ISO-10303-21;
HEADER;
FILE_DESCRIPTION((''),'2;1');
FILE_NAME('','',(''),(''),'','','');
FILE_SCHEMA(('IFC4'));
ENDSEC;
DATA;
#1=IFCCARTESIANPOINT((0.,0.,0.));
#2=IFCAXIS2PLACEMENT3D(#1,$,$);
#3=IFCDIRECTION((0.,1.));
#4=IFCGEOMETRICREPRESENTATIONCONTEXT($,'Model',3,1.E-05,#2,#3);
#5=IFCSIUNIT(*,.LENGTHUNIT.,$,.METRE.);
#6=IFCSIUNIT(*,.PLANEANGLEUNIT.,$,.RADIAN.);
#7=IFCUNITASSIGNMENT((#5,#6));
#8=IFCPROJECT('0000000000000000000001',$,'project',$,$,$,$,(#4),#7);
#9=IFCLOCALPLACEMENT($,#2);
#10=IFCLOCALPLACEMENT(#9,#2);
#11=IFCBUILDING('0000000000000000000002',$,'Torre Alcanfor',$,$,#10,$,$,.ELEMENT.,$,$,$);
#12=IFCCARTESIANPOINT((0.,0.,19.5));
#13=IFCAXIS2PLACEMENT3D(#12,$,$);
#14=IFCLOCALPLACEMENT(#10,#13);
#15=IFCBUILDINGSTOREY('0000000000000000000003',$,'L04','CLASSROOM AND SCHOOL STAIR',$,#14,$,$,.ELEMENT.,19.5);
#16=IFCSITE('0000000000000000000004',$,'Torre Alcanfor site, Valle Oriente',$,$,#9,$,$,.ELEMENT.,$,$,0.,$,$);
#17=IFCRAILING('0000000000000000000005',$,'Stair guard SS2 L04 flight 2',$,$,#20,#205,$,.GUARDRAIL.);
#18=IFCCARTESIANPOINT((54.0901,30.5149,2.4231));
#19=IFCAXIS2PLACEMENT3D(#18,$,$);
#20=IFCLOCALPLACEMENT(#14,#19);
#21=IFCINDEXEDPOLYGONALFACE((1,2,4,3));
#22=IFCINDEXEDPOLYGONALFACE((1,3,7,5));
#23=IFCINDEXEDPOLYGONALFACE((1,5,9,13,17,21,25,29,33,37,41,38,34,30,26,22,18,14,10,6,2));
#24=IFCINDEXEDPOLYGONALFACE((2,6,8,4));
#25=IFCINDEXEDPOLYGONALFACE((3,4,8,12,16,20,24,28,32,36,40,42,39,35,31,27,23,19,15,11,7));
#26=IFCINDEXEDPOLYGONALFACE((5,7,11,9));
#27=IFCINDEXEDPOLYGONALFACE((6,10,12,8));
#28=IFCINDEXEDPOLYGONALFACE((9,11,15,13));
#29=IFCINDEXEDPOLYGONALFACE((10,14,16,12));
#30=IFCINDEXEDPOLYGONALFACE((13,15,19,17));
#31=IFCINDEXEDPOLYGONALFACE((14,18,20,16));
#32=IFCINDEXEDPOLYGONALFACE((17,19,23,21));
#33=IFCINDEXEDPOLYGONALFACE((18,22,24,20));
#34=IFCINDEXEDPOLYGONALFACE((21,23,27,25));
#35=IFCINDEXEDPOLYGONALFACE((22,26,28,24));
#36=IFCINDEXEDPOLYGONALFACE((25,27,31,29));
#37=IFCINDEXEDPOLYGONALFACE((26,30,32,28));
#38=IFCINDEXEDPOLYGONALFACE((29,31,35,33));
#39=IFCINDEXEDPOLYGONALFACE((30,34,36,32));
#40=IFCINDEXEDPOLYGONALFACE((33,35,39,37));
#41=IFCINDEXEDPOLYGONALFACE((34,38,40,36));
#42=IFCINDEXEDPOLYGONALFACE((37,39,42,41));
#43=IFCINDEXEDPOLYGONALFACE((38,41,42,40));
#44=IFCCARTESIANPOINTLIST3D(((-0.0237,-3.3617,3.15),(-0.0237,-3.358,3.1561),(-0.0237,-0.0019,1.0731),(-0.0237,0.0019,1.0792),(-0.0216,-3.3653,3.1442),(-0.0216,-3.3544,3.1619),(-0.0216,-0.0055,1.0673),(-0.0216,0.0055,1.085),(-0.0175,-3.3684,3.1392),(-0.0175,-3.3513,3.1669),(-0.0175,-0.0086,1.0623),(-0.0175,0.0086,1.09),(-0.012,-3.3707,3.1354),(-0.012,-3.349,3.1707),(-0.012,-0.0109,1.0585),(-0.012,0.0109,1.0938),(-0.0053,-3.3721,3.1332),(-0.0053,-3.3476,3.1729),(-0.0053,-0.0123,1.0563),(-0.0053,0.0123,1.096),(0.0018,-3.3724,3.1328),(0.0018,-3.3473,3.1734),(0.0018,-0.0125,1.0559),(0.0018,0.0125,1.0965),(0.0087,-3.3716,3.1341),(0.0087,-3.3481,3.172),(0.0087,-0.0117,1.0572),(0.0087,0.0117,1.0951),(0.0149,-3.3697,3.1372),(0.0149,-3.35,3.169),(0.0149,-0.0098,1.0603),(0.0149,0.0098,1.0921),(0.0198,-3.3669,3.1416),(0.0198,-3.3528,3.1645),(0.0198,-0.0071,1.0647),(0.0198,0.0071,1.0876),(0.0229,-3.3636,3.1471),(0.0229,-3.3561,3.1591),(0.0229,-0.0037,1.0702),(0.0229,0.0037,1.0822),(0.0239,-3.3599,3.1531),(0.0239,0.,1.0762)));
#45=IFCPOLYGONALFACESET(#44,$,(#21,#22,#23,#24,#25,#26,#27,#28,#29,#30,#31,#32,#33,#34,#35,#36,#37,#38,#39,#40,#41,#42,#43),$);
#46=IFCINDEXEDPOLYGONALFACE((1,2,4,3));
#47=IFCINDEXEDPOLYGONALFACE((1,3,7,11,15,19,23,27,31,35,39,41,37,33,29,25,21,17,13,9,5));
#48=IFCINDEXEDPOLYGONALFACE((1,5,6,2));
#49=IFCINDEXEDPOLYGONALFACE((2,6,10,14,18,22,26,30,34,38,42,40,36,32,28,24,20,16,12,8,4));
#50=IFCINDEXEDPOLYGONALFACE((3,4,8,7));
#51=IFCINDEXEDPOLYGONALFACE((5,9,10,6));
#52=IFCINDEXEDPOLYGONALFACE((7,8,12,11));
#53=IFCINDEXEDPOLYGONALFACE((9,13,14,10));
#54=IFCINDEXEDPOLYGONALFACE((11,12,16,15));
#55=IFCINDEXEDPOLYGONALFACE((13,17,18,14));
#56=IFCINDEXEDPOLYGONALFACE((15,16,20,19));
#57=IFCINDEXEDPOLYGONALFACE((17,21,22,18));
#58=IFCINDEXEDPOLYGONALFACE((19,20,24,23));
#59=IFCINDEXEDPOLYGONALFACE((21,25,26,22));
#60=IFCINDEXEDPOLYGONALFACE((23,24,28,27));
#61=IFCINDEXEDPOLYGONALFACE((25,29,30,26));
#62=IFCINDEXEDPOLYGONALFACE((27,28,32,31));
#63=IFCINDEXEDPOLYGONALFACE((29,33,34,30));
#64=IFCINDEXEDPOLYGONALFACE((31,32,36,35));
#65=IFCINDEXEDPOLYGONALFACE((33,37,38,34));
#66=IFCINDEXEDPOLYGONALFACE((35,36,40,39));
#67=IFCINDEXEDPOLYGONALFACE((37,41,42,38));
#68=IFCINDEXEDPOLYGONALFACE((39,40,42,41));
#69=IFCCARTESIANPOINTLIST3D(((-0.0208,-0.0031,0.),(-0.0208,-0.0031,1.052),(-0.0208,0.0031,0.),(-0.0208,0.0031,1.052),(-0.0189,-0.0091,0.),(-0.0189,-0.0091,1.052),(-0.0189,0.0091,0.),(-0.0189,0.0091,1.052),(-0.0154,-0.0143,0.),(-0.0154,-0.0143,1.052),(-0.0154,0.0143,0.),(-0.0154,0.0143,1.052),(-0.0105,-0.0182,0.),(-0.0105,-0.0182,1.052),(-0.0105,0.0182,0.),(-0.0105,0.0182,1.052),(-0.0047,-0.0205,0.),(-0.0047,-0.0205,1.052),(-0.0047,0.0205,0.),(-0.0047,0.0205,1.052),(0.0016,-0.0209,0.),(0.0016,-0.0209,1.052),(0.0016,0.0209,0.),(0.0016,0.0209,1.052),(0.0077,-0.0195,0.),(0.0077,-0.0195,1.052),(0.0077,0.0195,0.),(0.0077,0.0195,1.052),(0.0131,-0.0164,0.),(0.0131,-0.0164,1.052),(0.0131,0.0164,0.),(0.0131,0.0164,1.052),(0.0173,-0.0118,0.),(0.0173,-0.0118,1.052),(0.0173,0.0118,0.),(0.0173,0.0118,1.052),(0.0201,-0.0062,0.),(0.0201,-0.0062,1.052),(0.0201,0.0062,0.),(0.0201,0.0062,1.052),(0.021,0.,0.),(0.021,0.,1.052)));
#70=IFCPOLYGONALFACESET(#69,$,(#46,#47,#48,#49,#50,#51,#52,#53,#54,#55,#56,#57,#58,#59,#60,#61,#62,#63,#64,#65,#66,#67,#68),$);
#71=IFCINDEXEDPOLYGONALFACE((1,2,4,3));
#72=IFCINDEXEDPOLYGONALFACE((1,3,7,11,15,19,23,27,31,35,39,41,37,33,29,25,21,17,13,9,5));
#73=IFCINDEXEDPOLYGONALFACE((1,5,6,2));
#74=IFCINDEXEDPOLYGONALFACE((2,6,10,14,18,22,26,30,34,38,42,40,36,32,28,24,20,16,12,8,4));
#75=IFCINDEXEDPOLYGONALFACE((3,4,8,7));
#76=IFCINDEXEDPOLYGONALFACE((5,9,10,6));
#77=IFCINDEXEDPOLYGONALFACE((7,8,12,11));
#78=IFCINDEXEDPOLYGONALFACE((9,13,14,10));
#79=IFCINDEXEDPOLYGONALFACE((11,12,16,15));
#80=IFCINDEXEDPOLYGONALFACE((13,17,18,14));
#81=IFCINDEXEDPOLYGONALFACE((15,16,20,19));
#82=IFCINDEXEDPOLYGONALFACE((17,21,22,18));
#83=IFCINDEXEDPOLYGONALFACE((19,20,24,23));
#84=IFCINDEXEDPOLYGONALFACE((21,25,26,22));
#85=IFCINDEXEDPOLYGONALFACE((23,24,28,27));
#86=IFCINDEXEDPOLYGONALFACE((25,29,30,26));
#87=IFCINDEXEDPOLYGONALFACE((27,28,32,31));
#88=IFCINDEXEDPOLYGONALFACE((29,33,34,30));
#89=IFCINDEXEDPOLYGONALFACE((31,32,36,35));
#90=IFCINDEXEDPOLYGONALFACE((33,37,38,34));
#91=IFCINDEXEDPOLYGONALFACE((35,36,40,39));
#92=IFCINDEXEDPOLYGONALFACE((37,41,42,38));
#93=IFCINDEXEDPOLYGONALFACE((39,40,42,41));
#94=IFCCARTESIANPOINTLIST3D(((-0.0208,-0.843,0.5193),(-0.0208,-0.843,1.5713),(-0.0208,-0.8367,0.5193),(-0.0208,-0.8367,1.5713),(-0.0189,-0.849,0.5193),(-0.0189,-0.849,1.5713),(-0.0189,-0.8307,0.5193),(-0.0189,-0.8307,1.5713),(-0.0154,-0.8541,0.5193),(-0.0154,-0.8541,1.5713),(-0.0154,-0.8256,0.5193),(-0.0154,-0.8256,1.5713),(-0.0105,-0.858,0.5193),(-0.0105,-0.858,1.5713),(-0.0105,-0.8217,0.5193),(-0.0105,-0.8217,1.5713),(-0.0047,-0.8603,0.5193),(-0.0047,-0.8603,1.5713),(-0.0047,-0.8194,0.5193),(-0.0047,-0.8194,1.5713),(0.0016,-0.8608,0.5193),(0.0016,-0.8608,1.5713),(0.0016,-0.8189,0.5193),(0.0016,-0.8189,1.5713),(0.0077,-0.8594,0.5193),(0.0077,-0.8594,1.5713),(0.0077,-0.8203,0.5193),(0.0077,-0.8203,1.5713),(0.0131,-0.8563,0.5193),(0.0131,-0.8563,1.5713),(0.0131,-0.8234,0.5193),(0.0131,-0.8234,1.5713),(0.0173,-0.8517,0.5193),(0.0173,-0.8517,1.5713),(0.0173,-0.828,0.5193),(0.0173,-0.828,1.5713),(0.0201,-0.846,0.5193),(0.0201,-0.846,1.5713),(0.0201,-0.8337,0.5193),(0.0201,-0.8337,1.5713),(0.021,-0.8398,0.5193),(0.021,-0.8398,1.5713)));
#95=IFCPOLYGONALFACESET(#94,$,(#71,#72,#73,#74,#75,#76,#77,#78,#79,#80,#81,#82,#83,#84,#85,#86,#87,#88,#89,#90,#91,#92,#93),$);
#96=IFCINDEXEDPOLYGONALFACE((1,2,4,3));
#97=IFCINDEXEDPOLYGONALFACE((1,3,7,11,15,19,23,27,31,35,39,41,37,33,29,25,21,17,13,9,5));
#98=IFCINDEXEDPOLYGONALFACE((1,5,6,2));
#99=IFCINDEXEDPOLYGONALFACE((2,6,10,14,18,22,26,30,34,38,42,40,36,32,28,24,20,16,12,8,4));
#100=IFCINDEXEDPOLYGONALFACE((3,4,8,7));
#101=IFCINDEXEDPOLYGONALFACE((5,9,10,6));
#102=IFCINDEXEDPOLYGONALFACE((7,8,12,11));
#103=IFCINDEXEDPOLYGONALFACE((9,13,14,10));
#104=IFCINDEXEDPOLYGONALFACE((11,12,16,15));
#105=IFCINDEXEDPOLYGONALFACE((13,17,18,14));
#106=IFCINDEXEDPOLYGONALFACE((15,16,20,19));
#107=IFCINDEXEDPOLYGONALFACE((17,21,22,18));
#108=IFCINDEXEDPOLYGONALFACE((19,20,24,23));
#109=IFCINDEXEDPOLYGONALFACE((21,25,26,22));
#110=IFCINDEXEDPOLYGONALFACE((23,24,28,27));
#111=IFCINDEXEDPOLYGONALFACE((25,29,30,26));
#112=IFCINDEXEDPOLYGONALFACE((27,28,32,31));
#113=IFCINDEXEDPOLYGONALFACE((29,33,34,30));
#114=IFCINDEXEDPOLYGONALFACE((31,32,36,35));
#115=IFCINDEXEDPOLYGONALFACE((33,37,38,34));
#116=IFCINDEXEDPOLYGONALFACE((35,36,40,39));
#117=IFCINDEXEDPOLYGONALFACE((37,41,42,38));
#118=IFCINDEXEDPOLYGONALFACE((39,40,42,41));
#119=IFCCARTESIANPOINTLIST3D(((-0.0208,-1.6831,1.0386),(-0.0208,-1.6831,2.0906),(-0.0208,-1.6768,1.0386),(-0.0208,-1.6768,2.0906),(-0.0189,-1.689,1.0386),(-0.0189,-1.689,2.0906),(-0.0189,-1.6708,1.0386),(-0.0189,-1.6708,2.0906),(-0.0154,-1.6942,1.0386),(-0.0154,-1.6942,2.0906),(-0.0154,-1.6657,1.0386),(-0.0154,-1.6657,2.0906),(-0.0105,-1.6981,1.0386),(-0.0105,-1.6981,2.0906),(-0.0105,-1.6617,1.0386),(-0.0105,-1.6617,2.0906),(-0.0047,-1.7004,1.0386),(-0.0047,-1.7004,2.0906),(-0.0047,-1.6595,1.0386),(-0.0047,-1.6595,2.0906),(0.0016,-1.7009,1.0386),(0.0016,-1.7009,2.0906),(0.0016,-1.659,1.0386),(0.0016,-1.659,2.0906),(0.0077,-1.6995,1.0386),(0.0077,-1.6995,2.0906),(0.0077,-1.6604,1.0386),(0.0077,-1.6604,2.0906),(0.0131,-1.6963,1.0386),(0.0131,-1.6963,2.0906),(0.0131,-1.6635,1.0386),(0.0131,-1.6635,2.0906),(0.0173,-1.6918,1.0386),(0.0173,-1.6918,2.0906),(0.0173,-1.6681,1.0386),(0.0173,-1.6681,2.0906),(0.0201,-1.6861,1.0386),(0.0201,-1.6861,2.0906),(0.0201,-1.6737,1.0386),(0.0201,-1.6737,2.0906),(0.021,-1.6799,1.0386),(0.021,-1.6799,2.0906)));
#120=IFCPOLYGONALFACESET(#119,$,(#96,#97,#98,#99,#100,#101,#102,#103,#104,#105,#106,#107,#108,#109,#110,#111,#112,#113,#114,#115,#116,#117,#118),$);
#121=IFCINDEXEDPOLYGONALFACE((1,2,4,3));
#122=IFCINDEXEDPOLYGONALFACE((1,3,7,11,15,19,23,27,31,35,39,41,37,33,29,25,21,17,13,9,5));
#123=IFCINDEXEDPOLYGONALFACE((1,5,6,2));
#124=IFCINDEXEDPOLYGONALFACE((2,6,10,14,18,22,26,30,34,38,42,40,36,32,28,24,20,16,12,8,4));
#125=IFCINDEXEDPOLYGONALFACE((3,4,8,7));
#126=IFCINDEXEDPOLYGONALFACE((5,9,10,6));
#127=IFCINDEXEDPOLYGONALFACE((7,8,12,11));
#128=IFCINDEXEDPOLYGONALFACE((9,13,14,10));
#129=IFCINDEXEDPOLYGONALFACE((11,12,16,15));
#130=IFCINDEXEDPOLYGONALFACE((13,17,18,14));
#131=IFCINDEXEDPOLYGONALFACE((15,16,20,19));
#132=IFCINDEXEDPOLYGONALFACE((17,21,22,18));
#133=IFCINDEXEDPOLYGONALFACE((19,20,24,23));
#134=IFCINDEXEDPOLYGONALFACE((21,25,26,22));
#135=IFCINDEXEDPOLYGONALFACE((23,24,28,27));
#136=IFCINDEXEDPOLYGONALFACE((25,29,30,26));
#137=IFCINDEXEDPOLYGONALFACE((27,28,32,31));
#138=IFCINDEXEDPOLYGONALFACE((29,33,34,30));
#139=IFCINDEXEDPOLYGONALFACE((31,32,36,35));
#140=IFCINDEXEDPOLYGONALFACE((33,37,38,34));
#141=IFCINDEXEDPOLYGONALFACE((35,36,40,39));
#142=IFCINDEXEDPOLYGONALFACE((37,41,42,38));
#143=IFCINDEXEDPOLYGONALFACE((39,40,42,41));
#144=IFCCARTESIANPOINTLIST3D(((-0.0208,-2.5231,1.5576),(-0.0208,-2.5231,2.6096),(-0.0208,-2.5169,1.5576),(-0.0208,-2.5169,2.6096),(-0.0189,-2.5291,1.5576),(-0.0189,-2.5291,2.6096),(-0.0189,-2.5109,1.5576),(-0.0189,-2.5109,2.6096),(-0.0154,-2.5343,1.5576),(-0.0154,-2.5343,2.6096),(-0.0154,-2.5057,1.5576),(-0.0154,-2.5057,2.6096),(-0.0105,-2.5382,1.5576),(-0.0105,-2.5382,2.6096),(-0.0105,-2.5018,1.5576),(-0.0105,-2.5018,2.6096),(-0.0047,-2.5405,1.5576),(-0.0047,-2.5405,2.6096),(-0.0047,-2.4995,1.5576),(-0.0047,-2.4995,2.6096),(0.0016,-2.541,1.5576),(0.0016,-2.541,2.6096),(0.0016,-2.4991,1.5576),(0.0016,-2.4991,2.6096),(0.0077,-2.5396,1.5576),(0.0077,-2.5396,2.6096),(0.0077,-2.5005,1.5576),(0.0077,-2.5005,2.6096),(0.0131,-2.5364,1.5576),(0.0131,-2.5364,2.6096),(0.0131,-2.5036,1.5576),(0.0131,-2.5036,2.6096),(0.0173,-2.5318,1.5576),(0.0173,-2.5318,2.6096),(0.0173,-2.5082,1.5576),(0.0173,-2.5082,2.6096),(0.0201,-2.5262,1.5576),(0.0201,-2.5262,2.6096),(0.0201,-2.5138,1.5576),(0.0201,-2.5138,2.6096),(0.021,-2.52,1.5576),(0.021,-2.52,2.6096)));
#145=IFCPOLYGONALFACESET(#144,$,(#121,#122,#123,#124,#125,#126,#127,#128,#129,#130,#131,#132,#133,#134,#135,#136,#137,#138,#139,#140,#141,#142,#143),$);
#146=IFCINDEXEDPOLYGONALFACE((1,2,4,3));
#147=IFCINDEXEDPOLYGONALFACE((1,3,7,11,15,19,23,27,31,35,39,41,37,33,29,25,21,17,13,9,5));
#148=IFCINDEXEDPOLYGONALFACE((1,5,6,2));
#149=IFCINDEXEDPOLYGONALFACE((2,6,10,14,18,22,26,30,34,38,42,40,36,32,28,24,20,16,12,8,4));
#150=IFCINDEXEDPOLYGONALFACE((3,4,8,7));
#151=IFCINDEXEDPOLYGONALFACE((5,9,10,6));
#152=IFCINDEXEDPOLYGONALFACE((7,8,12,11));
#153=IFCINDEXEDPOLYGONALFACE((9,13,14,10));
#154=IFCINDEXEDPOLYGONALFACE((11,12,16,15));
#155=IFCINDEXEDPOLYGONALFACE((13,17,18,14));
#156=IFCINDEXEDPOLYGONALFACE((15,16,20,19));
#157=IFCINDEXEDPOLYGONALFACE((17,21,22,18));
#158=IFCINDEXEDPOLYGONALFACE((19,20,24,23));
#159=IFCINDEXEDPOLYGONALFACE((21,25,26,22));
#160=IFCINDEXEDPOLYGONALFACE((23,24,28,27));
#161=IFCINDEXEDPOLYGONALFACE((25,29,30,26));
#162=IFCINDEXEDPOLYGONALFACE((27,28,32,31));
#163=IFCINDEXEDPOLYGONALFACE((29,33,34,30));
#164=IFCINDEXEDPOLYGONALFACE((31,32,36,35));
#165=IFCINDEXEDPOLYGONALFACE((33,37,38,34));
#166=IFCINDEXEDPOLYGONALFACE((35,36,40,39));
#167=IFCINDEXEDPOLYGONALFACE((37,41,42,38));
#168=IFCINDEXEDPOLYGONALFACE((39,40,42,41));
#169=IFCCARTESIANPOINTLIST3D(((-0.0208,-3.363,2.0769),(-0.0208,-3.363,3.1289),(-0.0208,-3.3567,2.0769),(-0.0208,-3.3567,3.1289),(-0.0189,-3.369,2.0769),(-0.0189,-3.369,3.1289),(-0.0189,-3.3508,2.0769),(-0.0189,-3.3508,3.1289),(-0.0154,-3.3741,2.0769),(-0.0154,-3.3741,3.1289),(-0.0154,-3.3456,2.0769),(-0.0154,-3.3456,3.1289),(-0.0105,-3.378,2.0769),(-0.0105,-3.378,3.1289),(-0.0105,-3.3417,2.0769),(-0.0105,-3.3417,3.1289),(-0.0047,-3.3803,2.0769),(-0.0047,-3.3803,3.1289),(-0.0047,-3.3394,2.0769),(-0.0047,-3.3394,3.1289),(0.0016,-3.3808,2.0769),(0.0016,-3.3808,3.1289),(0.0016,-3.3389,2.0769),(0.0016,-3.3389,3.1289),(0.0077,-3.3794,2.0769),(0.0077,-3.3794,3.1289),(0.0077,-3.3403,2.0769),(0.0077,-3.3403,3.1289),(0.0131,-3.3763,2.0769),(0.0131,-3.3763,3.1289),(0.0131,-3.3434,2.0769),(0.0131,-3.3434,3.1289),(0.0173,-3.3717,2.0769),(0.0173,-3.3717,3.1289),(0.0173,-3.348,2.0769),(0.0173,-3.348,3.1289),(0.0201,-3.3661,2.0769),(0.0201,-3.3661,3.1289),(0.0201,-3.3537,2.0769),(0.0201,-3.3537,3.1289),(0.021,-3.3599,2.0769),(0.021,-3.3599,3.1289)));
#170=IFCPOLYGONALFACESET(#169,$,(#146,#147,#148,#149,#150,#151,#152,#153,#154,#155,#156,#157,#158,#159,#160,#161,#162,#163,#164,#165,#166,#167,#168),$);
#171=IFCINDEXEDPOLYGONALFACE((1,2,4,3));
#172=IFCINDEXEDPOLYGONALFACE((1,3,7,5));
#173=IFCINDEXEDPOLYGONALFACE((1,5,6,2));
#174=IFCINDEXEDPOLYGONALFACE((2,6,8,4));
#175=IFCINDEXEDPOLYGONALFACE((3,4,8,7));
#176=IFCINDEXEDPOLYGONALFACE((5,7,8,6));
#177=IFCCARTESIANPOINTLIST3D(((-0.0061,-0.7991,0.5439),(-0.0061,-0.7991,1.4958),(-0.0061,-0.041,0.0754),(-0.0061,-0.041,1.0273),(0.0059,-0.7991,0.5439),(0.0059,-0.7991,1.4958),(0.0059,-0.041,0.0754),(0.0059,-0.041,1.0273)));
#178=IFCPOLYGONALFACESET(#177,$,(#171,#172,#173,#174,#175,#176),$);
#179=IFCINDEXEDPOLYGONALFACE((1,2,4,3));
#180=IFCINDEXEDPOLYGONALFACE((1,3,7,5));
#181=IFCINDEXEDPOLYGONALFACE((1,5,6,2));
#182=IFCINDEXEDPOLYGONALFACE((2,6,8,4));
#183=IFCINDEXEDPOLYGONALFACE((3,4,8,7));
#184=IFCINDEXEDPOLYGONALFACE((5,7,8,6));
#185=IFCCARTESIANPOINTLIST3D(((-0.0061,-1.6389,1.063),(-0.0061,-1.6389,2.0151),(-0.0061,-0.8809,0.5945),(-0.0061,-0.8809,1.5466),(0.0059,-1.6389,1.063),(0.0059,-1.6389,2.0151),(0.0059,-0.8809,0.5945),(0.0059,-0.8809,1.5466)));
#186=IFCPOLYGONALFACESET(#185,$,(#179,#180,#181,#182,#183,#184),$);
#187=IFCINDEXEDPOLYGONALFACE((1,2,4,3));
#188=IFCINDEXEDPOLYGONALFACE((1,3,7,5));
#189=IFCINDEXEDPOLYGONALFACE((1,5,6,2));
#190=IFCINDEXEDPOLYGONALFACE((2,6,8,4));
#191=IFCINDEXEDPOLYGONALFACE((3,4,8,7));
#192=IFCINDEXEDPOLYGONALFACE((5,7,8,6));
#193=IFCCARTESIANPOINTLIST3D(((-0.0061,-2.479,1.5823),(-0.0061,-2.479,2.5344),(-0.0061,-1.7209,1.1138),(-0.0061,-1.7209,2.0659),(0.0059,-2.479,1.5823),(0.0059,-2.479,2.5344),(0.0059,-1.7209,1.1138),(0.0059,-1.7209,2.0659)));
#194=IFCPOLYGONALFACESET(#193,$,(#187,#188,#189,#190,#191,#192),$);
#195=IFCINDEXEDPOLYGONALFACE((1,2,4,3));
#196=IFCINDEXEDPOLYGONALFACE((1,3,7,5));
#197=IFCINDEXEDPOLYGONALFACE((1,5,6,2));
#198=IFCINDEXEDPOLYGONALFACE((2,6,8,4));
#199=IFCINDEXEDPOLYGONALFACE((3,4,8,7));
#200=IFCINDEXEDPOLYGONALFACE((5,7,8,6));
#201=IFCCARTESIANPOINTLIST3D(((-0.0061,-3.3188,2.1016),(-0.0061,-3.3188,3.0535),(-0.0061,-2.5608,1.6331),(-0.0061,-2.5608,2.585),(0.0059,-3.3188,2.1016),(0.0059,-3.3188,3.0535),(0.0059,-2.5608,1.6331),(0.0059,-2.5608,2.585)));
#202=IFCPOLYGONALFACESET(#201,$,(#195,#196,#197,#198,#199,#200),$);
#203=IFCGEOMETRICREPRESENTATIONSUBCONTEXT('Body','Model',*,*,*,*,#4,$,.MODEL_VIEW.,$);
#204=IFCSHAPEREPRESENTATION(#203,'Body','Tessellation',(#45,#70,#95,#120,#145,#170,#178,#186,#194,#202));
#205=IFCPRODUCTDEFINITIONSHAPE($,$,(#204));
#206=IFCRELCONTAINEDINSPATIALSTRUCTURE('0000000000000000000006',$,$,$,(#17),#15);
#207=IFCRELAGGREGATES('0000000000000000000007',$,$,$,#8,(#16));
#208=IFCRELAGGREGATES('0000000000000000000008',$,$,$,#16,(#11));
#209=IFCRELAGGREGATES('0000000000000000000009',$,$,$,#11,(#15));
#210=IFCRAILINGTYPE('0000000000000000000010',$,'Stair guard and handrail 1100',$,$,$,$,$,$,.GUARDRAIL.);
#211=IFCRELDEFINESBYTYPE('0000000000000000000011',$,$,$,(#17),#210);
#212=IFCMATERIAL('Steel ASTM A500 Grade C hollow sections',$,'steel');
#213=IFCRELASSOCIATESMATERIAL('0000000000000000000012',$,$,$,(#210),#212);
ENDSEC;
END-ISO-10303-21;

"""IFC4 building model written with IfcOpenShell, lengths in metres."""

from ifc_helpers import new_model, si_unit, direction, frame, origin, origin_2d, place, context, subcontext, project, spatial, polyline, circle, outline, extrude, material, type_object, element, save


model = new_model("IFC4")

# Units and contexts
model_context = context("Model", 3, precision=1e-05, world=origin(), true_north=direction((0.0, 1.0)))
body_context = subcontext(model_context, "Body", "Model", "MODEL_VIEW")
ifc_project = project(units=[si_unit("LENGTHUNIT", "METRE"), si_unit("PLANEANGLEUNIT", "RADIAN")], contexts=[model_context])

# Site, building, storey
site_placement = place(None, origin())
site = spatial("IfcSite", under=ifc_project, at=site_placement, Name="Torre Alcanfor site, Valle Oriente", CompositionType="ELEMENT", RefElevation=0.0)
building_placement = place(site_placement, origin())
building = spatial("IfcBuilding", under=site, at=building_placement, Name="Torre Alcanfor", CompositionType="ELEMENT")
storey_placement = place(building_placement, frame((0.0, 0.0, 19.5)))
storey = spatial("IfcBuildingStorey", under=building, at=storey_placement, Name="L04", Description="CLASSROOM AND SCHOOL STAIR", CompositionType="ELEMENT", Elevation=19.5)

# Railing
ifc_material_1 = material(Name="Steel ASTM A500 Grade C hollow sections", Category="steel")
railing_type_1 = type_object("IfcRailingType", Name="Stair guard and handrail 1100", PredefinedType="GUARDRAIL", material=ifc_material_1)
railing_1_placement = place(storey_placement, frame((54.0901, 30.5149, 2.4231)))
element("IfcRailing", 1, at=railing_1_placement, inside=storey, type_object=railing_type_1, Name="Stair guard SS2 L04 flight 2", PredefinedType="GUARDRAIL", context=body_context, shape_type="SweptSolid", body=[
    extrude(circle(Radius=0.0239, at=origin_2d()), frame((0.0, 0.0, 1.0762), z_axis=(0.0, -0.850606, 0.525803), x_axis=(1.0, 0.0, 0.0)), (0.0, 0.0, 1.0), 3.95),
    extrude(circle(Radius=0.021, at=origin_2d()), origin(), (0.0, 0.0, 1.0), 1.052),
    extrude(circle(Radius=0.021, at=origin_2d()), frame((0.0, -0.8398, 0.5193)), (0.0, 0.0, 1.0), 1.052),
    extrude(circle(Radius=0.021, at=origin_2d()), frame((0.0, -1.6799, 1.0386)), (0.0, 0.0, 1.0), 1.052),
    extrude(circle(Radius=0.021, at=origin_2d()), frame((0.0, -2.52, 1.5576)), (0.0, 0.0, 1.0), 1.052),
    extrude(circle(Radius=0.021, at=origin_2d()), frame((0.0, -3.3599, 2.0769)), (0.0, 0.0, 1.0), 1.052),
    extrude(outline(polyline([(0.041, 0.0754), (0.7991, 0.5439), (0.7991, 1.4958), (0.041, 1.0273), (0.041, 0.0754)])), frame((0.0059, 0.0, 0.0), z_axis=(-1.0, 0.0, 0.0), x_axis=(0.0, -1.0, 0.0)), (0.0, 0.0, 1.0), 0.012),
    extrude(outline(polyline([(0.8809, 0.5945), (1.6389, 1.063), (1.6389, 2.0151), (0.8809, 1.5466), (0.8809, 0.5945)])), frame((0.0059, 0.0, 0.0), z_axis=(-1.0, 0.0, 0.0), x_axis=(0.0, -1.0, 0.0)), (0.0, 0.0, 1.0), 0.012),
    extrude(outline(polyline([(1.7209, 1.1138), (2.479, 1.5823), (2.479, 2.5344), (1.7209, 2.0659), (1.7209, 1.1138)])), frame((0.0059, 0.0, 0.0), z_axis=(-1.0, 0.0, 0.0), x_axis=(0.0, -1.0, 0.0)), (0.0, 0.0, 1.0), 0.012),
    extrude(outline(polyline([(2.5608, 1.6331), (3.3188, 2.1016), (3.3188, 3.0535), (2.5608, 2.585), (2.5608, 1.6331)])), frame((0.0059, 0.0, 0.0), z_axis=(-1.0, 0.0, 0.0), x_axis=(0.0, -1.0, 0.0)), (0.0, 0.0, 1.0), 0.012),
])

save(model, "model.ifc")
